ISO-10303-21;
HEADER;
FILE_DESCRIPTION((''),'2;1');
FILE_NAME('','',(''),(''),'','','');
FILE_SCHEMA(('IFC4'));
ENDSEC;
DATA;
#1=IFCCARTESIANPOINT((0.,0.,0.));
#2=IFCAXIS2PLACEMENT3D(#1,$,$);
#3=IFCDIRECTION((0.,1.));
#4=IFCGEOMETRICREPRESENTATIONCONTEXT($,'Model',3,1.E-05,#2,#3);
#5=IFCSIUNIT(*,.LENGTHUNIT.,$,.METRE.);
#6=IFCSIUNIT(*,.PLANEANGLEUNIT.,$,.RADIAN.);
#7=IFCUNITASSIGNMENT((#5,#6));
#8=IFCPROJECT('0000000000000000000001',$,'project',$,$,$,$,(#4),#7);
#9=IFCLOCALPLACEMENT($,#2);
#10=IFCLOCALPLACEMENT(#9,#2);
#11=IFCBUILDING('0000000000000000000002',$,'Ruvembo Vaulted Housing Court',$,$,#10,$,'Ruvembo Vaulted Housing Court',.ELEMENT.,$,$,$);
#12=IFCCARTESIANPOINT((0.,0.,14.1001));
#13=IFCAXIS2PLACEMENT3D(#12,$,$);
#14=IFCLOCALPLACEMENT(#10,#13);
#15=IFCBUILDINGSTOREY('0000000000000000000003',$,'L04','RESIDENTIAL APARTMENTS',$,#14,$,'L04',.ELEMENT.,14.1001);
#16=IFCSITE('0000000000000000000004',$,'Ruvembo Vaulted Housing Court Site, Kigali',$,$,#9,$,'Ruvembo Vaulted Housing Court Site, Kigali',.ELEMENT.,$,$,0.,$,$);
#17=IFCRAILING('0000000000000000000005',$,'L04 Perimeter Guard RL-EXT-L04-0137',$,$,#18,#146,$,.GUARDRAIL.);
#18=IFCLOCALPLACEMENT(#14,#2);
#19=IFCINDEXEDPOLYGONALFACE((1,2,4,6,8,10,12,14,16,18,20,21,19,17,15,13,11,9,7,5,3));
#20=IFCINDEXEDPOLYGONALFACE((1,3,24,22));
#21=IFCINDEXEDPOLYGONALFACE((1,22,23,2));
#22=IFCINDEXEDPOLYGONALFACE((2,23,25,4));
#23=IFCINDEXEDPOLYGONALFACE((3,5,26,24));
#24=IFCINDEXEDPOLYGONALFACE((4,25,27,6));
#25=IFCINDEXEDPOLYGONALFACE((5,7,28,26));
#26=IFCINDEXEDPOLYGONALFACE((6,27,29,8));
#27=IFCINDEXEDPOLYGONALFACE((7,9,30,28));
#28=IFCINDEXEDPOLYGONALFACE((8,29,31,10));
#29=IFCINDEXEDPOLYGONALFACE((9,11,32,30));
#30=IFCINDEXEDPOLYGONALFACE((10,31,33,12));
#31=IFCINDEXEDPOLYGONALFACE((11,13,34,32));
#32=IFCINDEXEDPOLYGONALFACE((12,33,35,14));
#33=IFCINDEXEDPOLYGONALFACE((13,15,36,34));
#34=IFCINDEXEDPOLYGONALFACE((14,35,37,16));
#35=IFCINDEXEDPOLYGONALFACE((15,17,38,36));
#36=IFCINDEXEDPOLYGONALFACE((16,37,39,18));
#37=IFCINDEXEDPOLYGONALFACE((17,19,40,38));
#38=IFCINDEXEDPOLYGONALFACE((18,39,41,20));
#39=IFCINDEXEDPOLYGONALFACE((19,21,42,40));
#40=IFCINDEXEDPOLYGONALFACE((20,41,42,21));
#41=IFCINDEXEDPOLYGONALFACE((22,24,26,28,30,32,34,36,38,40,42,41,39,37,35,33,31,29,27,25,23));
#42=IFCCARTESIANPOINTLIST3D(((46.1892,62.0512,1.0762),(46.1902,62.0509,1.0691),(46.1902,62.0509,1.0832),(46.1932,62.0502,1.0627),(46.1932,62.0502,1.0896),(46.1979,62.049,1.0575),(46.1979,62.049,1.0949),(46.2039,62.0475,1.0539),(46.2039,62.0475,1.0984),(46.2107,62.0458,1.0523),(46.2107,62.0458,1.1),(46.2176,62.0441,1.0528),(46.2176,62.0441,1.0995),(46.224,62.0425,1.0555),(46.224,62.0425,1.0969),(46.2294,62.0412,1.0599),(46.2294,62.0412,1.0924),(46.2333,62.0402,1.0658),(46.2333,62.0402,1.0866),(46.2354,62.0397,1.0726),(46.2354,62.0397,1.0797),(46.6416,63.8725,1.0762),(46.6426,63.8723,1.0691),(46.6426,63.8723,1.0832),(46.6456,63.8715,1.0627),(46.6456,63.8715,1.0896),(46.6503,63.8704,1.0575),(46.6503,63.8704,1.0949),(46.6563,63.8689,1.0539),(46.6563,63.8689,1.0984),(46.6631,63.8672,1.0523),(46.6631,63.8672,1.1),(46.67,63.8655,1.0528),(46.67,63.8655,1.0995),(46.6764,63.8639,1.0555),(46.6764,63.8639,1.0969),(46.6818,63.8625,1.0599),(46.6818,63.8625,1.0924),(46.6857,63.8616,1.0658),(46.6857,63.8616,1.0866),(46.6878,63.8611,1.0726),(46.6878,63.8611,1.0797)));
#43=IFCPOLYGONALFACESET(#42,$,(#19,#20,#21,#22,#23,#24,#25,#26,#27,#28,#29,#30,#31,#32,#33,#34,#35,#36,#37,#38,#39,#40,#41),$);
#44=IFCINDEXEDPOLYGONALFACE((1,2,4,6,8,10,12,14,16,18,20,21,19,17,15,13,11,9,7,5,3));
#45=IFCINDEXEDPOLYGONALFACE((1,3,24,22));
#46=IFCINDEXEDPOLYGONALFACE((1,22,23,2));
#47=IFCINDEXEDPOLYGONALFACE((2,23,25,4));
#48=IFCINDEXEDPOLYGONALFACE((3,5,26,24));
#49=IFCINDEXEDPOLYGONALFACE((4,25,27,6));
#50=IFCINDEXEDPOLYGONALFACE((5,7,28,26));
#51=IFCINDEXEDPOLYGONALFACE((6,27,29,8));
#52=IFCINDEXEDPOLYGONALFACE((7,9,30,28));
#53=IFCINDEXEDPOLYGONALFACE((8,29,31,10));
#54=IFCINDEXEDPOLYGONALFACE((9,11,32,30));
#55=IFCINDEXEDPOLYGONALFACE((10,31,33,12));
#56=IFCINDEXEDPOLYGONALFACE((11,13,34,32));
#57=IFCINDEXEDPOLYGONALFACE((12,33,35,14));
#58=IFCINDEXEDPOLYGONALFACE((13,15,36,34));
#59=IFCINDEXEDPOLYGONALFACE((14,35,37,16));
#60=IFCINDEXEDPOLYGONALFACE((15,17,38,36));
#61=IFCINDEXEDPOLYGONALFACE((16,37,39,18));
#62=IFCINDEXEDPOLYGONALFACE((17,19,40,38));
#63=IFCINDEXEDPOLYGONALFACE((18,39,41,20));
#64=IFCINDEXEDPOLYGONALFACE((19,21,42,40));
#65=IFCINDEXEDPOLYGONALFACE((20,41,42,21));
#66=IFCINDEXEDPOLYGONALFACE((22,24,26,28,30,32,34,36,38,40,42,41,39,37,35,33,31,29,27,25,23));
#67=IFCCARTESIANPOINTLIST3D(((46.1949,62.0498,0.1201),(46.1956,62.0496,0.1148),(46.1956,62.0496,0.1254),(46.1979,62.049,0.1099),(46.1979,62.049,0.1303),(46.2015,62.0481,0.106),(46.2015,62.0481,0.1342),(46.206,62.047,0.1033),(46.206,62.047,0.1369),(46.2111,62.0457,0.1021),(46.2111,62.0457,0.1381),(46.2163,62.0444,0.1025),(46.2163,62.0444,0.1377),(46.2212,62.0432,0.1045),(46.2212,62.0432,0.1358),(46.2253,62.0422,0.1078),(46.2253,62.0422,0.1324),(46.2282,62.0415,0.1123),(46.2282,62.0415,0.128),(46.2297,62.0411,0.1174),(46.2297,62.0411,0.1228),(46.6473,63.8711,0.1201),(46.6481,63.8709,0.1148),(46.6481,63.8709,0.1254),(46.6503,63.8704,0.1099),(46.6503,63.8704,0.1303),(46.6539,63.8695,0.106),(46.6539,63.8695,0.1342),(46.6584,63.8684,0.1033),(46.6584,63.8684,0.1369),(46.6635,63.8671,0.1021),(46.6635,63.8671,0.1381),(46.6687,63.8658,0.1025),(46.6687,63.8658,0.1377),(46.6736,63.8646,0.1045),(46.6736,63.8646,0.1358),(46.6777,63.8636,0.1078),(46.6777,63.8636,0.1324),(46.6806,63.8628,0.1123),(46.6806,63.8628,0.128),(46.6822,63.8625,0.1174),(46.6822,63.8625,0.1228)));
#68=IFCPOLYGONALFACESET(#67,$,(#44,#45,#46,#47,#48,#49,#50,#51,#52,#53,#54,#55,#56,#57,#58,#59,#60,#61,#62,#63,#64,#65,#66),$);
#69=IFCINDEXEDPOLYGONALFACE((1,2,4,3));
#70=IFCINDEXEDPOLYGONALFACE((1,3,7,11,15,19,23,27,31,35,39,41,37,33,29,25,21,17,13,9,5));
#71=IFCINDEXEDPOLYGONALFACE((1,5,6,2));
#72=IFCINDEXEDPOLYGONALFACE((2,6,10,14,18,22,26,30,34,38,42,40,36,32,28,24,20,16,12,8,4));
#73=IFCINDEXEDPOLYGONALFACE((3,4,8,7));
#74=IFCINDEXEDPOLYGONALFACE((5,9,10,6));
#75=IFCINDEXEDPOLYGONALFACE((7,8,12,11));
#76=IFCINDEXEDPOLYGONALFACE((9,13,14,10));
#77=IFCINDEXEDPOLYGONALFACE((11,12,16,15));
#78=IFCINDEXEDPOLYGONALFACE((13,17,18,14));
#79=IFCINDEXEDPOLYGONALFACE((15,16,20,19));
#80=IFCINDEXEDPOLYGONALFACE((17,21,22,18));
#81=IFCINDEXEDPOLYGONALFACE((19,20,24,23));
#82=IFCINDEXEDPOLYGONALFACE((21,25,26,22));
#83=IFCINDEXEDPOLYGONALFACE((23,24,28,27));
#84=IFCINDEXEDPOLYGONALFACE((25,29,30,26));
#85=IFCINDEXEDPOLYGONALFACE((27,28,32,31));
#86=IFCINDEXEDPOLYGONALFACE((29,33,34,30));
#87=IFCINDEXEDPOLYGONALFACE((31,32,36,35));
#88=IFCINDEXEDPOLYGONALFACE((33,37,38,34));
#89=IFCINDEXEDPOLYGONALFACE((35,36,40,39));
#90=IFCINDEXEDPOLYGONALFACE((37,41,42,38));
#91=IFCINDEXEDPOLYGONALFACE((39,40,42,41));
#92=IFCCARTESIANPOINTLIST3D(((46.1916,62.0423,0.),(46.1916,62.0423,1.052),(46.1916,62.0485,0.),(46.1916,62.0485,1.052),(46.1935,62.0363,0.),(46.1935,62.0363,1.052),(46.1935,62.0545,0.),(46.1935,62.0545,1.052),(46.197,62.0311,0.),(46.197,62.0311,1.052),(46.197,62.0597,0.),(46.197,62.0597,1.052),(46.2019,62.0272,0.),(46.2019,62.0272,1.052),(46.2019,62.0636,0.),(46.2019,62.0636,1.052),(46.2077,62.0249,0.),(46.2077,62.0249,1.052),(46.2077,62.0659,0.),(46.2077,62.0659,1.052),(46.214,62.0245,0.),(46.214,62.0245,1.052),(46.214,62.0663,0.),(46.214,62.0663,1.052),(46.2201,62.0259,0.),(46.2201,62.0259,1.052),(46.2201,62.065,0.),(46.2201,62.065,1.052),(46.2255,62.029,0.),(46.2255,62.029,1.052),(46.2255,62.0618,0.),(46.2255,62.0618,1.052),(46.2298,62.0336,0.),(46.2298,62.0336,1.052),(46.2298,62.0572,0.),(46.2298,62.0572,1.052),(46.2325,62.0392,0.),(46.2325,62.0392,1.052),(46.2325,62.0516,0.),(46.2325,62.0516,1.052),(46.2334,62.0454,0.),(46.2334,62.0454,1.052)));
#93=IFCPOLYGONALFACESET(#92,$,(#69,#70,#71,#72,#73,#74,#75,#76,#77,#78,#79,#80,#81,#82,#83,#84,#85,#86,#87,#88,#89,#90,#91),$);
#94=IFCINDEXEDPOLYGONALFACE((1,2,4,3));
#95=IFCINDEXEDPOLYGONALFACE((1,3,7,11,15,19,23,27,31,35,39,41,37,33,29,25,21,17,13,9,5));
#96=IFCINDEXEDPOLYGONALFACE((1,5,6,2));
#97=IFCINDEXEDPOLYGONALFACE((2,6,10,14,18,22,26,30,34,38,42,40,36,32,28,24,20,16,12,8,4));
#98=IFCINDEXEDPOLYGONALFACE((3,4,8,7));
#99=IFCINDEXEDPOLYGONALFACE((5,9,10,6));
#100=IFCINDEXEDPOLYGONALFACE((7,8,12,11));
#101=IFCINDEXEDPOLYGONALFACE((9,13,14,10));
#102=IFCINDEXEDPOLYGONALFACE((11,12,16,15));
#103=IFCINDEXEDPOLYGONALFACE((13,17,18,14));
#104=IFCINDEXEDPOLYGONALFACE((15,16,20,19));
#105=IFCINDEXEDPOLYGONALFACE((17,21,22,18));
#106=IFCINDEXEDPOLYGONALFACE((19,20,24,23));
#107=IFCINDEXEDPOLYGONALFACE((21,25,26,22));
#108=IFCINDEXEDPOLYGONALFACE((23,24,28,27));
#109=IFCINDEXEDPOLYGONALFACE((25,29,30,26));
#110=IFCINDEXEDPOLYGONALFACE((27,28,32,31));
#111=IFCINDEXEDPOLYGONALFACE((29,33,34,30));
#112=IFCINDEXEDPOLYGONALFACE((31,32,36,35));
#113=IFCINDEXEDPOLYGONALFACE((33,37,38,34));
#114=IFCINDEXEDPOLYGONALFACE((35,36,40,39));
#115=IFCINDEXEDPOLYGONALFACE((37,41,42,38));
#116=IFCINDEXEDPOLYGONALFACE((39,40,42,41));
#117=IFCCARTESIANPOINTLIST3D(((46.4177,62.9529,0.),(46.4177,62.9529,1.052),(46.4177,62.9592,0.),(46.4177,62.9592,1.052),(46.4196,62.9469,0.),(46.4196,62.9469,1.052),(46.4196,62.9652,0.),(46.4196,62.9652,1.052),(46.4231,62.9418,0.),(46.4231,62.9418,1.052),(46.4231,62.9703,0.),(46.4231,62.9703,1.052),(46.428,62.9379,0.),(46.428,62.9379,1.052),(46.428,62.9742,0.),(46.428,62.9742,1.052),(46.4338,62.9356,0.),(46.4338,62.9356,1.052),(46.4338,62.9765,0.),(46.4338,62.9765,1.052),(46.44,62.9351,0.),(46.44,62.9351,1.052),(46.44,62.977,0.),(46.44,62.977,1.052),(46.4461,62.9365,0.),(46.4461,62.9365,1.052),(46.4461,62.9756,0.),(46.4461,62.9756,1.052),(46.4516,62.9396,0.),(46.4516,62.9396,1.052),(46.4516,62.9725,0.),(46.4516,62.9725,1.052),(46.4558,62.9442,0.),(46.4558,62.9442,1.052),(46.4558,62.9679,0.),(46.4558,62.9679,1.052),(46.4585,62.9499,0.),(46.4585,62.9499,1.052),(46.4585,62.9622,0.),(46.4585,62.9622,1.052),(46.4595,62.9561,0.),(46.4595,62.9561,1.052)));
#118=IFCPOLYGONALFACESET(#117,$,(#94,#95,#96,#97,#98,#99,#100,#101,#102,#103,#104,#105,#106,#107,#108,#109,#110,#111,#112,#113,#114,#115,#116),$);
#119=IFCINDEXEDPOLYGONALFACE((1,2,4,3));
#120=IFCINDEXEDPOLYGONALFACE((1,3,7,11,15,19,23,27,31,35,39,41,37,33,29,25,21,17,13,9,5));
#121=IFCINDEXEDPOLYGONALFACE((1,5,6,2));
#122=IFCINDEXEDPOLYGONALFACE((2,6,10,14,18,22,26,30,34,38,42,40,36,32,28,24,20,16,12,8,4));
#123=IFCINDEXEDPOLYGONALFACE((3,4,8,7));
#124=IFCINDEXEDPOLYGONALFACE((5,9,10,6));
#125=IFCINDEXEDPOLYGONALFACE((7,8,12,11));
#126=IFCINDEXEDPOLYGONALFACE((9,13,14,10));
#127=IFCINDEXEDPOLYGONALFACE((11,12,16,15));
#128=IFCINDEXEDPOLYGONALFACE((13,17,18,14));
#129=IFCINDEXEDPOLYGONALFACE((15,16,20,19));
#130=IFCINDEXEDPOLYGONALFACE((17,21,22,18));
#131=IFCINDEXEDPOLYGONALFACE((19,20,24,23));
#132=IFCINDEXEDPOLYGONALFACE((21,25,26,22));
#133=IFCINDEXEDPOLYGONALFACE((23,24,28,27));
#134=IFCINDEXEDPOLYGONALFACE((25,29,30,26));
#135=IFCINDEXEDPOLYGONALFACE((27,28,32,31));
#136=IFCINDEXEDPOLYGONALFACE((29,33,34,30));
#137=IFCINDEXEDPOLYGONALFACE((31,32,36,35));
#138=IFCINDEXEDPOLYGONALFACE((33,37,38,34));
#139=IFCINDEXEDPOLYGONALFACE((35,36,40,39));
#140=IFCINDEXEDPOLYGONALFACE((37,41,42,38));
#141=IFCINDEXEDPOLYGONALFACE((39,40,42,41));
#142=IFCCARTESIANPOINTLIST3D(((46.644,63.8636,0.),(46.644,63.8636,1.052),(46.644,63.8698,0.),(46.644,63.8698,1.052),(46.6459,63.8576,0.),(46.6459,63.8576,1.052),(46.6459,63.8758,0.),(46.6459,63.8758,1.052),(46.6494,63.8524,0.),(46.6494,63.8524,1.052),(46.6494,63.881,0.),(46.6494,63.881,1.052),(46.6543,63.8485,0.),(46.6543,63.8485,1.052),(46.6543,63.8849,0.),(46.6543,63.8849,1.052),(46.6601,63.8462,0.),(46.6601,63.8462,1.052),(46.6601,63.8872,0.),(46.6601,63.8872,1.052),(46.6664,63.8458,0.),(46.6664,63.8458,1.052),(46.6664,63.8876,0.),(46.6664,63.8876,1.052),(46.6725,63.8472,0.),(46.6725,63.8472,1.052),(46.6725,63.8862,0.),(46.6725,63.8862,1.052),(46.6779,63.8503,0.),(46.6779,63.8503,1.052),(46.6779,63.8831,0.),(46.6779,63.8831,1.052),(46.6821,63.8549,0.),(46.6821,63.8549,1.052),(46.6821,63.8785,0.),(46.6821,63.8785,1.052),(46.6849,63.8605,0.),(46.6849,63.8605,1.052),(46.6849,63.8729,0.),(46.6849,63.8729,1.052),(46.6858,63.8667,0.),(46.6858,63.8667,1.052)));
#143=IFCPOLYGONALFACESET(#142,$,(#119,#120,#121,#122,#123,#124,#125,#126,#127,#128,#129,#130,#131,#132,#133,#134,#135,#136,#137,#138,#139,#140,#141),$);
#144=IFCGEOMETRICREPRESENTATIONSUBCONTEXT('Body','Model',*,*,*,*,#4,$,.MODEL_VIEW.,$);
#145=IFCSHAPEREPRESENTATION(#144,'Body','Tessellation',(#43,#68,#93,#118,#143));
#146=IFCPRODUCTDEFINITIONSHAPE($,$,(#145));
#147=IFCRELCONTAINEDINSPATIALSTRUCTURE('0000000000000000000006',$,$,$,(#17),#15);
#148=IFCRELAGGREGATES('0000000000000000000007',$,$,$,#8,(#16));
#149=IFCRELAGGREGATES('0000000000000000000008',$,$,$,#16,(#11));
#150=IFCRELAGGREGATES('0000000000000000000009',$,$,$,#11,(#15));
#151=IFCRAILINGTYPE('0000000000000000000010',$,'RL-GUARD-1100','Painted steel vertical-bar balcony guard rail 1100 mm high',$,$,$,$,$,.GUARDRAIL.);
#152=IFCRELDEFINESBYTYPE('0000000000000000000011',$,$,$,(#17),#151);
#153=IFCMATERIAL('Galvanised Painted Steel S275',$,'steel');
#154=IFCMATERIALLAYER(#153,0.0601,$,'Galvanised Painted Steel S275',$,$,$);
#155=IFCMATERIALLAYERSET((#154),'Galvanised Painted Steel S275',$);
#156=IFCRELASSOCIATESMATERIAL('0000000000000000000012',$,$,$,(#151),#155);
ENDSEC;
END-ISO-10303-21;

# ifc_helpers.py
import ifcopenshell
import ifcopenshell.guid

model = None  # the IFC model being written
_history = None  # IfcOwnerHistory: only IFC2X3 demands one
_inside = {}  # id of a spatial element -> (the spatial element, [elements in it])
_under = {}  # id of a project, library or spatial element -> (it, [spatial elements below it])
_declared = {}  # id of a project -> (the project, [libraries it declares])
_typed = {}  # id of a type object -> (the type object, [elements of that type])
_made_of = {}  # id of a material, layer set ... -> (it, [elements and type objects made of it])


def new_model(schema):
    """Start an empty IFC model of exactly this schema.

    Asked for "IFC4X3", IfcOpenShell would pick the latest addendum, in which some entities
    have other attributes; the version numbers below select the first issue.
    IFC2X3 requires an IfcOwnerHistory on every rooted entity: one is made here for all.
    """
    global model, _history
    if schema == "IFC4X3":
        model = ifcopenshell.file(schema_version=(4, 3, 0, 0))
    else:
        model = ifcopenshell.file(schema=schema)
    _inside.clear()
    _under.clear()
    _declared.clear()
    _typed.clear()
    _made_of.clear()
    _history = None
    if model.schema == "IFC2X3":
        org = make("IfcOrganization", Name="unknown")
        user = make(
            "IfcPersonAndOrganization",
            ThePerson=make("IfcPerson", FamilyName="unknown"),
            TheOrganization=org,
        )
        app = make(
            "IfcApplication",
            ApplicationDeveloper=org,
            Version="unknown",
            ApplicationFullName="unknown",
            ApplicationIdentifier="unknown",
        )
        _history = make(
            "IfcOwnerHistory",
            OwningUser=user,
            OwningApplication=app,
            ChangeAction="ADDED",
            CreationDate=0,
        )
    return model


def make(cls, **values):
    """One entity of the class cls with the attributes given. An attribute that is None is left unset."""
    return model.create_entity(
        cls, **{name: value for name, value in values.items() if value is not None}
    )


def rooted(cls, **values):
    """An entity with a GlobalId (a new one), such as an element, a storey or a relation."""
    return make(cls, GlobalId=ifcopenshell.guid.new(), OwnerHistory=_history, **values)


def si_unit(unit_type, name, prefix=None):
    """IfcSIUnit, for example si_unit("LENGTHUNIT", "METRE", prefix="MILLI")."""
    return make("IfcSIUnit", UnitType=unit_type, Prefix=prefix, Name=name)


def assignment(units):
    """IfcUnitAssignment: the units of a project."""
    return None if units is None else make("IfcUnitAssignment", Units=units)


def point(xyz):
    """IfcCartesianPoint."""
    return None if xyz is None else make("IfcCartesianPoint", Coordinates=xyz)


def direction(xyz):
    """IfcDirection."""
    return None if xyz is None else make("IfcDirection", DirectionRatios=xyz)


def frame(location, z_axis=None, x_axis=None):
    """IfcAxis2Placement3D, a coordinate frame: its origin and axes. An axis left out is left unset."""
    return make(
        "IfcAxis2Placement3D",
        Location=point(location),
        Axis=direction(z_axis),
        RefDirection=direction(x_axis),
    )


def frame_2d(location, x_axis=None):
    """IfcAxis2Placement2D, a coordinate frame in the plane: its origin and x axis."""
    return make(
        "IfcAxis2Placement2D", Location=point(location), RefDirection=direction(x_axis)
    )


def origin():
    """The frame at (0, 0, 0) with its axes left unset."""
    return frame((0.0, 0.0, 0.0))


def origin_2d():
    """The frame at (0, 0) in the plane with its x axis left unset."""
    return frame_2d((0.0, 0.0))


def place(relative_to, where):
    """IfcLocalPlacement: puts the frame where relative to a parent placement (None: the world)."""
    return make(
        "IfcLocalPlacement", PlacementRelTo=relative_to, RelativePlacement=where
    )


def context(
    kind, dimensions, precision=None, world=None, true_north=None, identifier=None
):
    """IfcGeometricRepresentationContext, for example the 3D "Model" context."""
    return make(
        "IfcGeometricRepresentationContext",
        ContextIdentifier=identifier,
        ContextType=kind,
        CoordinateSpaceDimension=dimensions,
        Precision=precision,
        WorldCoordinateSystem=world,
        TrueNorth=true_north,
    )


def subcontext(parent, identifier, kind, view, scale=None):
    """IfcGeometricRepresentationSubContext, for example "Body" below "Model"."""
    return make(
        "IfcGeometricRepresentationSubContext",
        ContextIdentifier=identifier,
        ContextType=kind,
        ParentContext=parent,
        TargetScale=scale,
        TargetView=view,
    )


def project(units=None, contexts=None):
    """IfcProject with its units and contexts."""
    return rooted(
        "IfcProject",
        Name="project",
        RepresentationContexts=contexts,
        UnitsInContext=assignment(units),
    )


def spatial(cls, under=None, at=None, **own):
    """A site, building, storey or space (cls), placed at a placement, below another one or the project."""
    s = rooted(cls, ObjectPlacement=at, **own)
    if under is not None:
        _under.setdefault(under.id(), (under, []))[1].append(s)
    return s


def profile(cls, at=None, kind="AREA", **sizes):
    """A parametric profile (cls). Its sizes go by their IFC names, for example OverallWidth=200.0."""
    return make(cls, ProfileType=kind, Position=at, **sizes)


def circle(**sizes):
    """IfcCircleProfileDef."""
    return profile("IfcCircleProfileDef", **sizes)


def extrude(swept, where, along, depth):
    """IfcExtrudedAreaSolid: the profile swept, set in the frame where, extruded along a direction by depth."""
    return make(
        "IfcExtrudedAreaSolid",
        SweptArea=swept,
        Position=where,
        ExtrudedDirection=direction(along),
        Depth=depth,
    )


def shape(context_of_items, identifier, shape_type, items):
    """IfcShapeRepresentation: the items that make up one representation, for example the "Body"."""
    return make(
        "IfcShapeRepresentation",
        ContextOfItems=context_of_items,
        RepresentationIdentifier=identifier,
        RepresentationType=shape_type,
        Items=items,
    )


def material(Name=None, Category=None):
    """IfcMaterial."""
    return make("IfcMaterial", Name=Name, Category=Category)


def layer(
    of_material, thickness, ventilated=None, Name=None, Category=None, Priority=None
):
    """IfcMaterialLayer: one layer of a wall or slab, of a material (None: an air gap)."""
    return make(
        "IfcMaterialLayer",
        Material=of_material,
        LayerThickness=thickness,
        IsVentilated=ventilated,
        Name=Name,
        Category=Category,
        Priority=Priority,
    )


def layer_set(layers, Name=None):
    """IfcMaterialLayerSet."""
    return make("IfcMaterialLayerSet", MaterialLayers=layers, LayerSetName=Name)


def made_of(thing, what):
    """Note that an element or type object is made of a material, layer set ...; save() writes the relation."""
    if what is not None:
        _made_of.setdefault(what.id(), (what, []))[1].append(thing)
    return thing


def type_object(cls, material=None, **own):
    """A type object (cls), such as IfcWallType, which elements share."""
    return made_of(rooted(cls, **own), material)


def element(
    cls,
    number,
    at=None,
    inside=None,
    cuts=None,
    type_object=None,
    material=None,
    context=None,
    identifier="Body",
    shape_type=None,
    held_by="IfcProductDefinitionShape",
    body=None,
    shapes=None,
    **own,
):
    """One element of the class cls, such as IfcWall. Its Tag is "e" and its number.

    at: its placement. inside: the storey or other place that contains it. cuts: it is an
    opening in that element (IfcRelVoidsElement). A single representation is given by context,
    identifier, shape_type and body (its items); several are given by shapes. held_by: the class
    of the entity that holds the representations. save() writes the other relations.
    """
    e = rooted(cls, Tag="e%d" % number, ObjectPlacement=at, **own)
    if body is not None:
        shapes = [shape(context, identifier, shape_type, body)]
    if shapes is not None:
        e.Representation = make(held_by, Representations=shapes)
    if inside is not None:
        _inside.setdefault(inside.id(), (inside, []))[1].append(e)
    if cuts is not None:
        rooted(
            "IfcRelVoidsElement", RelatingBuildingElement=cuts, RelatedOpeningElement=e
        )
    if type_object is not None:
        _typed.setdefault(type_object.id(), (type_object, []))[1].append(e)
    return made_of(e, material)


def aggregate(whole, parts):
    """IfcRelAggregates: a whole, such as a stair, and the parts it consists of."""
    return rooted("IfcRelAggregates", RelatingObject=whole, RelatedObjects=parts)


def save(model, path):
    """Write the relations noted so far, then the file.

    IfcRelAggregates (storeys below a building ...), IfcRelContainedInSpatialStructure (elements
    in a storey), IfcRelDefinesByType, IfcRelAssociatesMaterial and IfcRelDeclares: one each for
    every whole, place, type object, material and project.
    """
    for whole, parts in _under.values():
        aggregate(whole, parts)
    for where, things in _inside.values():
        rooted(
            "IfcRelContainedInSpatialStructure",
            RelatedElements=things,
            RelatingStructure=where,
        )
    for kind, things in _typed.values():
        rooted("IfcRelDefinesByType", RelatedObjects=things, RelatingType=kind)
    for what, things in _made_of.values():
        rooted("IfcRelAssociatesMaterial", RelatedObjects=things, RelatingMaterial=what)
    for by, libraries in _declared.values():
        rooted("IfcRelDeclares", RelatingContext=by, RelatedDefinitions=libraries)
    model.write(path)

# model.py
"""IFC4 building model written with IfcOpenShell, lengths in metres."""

from ifc_helpers import new_model, si_unit, direction, frame, origin, origin_2d, place, context, subcontext, project, spatial, circle, extrude, material, layer, layer_set, type_object, element, save


model = new_model("IFC4")

# Units and contexts
model_context = context("Model", 3, precision=1e-05, world=origin(), true_north=direction((0.0, 1.0)))
body_context = subcontext(model_context, "Body", "Model", "MODEL_VIEW")
ifc_project = project(units=[si_unit("LENGTHUNIT", "METRE"), si_unit("PLANEANGLEUNIT", "RADIAN")], contexts=[model_context])

# Site, building, storey
site_placement = place(None, origin())
site = spatial("IfcSite", under=ifc_project, at=site_placement, Name="Ruvembo Vaulted Housing Court Site, Kigali", LongName="Ruvembo Vaulted Housing Court Site, Kigali", CompositionType="ELEMENT", RefElevation=0.0)
building_placement = place(site_placement, origin())
building = spatial("IfcBuilding", under=site, at=building_placement, Name="Ruvembo Vaulted Housing Court", LongName="Ruvembo Vaulted Housing Court", CompositionType="ELEMENT")
storey_placement = place(building_placement, frame((0.0, 0.0, 14.1001)))
storey = spatial("IfcBuildingStorey", under=building, at=storey_placement, Name="L04", Description="RESIDENTIAL APARTMENTS", LongName="L04", CompositionType="ELEMENT", Elevation=14.1001)

# Railing
ifc_material_1 = material(Name="Galvanised Painted Steel S275", Category="steel")
ifc_layer_1 = layer(ifc_material_1, 0.0601, Name="Galvanised Painted Steel S275")
ifc_layer_set_1 = layer_set([ifc_layer_1], Name="Galvanised Painted Steel S275")
railing_type = type_object("IfcRailingType", Name="RL-GUARD-1100", Description="Painted steel vertical-bar balcony guard rail 1100 mm high", PredefinedType="GUARDRAIL", material=ifc_layer_set_1)
railing_1_placement = place(storey_placement, frame((46.2124, 62.0454, 0.0)))
element("IfcRailing", 1, at=railing_1_placement, inside=storey, type_object=railing_type, Name="L04 Perimeter Guard RL-EXT-L04-0137", PredefinedType="GUARDRAIL", context=body_context, shape_type="SweptSolid", body=[
    extrude(circle(Radius=0.0239, at=origin_2d()), frame((0.0, 0.0, 1.0762), z_axis=(0.241066, 0.970509, 0.0), x_axis=(-0.970509, 0.241066, 0.0)), (0.0, 0.0, 1.0), 1.8767),
    extrude(circle(Radius=0.0181, at=origin_2d()), frame((0.0, 0.0, 0.1201), z_axis=(0.241066, 0.970509, 0.0), x_axis=(-0.970509, 0.241066, 0.0)), (0.0, 0.0, 1.0), 1.8767),
    extrude(circle(Radius=0.021, at=origin_2d()), origin(), (0.0, 0.0, 1.0), 1.052),
    extrude(circle(Radius=0.021, at=origin_2d()), frame((0.2261, 0.9106, 0.0)), (0.0, 0.0, 1.0), 1.052),
    extrude(circle(Radius=0.021, at=origin_2d()), frame((0.4524, 1.8213, 0.0)), (0.0, 0.0, 1.0), 1.052),
])

save(model, "model.ifc")
